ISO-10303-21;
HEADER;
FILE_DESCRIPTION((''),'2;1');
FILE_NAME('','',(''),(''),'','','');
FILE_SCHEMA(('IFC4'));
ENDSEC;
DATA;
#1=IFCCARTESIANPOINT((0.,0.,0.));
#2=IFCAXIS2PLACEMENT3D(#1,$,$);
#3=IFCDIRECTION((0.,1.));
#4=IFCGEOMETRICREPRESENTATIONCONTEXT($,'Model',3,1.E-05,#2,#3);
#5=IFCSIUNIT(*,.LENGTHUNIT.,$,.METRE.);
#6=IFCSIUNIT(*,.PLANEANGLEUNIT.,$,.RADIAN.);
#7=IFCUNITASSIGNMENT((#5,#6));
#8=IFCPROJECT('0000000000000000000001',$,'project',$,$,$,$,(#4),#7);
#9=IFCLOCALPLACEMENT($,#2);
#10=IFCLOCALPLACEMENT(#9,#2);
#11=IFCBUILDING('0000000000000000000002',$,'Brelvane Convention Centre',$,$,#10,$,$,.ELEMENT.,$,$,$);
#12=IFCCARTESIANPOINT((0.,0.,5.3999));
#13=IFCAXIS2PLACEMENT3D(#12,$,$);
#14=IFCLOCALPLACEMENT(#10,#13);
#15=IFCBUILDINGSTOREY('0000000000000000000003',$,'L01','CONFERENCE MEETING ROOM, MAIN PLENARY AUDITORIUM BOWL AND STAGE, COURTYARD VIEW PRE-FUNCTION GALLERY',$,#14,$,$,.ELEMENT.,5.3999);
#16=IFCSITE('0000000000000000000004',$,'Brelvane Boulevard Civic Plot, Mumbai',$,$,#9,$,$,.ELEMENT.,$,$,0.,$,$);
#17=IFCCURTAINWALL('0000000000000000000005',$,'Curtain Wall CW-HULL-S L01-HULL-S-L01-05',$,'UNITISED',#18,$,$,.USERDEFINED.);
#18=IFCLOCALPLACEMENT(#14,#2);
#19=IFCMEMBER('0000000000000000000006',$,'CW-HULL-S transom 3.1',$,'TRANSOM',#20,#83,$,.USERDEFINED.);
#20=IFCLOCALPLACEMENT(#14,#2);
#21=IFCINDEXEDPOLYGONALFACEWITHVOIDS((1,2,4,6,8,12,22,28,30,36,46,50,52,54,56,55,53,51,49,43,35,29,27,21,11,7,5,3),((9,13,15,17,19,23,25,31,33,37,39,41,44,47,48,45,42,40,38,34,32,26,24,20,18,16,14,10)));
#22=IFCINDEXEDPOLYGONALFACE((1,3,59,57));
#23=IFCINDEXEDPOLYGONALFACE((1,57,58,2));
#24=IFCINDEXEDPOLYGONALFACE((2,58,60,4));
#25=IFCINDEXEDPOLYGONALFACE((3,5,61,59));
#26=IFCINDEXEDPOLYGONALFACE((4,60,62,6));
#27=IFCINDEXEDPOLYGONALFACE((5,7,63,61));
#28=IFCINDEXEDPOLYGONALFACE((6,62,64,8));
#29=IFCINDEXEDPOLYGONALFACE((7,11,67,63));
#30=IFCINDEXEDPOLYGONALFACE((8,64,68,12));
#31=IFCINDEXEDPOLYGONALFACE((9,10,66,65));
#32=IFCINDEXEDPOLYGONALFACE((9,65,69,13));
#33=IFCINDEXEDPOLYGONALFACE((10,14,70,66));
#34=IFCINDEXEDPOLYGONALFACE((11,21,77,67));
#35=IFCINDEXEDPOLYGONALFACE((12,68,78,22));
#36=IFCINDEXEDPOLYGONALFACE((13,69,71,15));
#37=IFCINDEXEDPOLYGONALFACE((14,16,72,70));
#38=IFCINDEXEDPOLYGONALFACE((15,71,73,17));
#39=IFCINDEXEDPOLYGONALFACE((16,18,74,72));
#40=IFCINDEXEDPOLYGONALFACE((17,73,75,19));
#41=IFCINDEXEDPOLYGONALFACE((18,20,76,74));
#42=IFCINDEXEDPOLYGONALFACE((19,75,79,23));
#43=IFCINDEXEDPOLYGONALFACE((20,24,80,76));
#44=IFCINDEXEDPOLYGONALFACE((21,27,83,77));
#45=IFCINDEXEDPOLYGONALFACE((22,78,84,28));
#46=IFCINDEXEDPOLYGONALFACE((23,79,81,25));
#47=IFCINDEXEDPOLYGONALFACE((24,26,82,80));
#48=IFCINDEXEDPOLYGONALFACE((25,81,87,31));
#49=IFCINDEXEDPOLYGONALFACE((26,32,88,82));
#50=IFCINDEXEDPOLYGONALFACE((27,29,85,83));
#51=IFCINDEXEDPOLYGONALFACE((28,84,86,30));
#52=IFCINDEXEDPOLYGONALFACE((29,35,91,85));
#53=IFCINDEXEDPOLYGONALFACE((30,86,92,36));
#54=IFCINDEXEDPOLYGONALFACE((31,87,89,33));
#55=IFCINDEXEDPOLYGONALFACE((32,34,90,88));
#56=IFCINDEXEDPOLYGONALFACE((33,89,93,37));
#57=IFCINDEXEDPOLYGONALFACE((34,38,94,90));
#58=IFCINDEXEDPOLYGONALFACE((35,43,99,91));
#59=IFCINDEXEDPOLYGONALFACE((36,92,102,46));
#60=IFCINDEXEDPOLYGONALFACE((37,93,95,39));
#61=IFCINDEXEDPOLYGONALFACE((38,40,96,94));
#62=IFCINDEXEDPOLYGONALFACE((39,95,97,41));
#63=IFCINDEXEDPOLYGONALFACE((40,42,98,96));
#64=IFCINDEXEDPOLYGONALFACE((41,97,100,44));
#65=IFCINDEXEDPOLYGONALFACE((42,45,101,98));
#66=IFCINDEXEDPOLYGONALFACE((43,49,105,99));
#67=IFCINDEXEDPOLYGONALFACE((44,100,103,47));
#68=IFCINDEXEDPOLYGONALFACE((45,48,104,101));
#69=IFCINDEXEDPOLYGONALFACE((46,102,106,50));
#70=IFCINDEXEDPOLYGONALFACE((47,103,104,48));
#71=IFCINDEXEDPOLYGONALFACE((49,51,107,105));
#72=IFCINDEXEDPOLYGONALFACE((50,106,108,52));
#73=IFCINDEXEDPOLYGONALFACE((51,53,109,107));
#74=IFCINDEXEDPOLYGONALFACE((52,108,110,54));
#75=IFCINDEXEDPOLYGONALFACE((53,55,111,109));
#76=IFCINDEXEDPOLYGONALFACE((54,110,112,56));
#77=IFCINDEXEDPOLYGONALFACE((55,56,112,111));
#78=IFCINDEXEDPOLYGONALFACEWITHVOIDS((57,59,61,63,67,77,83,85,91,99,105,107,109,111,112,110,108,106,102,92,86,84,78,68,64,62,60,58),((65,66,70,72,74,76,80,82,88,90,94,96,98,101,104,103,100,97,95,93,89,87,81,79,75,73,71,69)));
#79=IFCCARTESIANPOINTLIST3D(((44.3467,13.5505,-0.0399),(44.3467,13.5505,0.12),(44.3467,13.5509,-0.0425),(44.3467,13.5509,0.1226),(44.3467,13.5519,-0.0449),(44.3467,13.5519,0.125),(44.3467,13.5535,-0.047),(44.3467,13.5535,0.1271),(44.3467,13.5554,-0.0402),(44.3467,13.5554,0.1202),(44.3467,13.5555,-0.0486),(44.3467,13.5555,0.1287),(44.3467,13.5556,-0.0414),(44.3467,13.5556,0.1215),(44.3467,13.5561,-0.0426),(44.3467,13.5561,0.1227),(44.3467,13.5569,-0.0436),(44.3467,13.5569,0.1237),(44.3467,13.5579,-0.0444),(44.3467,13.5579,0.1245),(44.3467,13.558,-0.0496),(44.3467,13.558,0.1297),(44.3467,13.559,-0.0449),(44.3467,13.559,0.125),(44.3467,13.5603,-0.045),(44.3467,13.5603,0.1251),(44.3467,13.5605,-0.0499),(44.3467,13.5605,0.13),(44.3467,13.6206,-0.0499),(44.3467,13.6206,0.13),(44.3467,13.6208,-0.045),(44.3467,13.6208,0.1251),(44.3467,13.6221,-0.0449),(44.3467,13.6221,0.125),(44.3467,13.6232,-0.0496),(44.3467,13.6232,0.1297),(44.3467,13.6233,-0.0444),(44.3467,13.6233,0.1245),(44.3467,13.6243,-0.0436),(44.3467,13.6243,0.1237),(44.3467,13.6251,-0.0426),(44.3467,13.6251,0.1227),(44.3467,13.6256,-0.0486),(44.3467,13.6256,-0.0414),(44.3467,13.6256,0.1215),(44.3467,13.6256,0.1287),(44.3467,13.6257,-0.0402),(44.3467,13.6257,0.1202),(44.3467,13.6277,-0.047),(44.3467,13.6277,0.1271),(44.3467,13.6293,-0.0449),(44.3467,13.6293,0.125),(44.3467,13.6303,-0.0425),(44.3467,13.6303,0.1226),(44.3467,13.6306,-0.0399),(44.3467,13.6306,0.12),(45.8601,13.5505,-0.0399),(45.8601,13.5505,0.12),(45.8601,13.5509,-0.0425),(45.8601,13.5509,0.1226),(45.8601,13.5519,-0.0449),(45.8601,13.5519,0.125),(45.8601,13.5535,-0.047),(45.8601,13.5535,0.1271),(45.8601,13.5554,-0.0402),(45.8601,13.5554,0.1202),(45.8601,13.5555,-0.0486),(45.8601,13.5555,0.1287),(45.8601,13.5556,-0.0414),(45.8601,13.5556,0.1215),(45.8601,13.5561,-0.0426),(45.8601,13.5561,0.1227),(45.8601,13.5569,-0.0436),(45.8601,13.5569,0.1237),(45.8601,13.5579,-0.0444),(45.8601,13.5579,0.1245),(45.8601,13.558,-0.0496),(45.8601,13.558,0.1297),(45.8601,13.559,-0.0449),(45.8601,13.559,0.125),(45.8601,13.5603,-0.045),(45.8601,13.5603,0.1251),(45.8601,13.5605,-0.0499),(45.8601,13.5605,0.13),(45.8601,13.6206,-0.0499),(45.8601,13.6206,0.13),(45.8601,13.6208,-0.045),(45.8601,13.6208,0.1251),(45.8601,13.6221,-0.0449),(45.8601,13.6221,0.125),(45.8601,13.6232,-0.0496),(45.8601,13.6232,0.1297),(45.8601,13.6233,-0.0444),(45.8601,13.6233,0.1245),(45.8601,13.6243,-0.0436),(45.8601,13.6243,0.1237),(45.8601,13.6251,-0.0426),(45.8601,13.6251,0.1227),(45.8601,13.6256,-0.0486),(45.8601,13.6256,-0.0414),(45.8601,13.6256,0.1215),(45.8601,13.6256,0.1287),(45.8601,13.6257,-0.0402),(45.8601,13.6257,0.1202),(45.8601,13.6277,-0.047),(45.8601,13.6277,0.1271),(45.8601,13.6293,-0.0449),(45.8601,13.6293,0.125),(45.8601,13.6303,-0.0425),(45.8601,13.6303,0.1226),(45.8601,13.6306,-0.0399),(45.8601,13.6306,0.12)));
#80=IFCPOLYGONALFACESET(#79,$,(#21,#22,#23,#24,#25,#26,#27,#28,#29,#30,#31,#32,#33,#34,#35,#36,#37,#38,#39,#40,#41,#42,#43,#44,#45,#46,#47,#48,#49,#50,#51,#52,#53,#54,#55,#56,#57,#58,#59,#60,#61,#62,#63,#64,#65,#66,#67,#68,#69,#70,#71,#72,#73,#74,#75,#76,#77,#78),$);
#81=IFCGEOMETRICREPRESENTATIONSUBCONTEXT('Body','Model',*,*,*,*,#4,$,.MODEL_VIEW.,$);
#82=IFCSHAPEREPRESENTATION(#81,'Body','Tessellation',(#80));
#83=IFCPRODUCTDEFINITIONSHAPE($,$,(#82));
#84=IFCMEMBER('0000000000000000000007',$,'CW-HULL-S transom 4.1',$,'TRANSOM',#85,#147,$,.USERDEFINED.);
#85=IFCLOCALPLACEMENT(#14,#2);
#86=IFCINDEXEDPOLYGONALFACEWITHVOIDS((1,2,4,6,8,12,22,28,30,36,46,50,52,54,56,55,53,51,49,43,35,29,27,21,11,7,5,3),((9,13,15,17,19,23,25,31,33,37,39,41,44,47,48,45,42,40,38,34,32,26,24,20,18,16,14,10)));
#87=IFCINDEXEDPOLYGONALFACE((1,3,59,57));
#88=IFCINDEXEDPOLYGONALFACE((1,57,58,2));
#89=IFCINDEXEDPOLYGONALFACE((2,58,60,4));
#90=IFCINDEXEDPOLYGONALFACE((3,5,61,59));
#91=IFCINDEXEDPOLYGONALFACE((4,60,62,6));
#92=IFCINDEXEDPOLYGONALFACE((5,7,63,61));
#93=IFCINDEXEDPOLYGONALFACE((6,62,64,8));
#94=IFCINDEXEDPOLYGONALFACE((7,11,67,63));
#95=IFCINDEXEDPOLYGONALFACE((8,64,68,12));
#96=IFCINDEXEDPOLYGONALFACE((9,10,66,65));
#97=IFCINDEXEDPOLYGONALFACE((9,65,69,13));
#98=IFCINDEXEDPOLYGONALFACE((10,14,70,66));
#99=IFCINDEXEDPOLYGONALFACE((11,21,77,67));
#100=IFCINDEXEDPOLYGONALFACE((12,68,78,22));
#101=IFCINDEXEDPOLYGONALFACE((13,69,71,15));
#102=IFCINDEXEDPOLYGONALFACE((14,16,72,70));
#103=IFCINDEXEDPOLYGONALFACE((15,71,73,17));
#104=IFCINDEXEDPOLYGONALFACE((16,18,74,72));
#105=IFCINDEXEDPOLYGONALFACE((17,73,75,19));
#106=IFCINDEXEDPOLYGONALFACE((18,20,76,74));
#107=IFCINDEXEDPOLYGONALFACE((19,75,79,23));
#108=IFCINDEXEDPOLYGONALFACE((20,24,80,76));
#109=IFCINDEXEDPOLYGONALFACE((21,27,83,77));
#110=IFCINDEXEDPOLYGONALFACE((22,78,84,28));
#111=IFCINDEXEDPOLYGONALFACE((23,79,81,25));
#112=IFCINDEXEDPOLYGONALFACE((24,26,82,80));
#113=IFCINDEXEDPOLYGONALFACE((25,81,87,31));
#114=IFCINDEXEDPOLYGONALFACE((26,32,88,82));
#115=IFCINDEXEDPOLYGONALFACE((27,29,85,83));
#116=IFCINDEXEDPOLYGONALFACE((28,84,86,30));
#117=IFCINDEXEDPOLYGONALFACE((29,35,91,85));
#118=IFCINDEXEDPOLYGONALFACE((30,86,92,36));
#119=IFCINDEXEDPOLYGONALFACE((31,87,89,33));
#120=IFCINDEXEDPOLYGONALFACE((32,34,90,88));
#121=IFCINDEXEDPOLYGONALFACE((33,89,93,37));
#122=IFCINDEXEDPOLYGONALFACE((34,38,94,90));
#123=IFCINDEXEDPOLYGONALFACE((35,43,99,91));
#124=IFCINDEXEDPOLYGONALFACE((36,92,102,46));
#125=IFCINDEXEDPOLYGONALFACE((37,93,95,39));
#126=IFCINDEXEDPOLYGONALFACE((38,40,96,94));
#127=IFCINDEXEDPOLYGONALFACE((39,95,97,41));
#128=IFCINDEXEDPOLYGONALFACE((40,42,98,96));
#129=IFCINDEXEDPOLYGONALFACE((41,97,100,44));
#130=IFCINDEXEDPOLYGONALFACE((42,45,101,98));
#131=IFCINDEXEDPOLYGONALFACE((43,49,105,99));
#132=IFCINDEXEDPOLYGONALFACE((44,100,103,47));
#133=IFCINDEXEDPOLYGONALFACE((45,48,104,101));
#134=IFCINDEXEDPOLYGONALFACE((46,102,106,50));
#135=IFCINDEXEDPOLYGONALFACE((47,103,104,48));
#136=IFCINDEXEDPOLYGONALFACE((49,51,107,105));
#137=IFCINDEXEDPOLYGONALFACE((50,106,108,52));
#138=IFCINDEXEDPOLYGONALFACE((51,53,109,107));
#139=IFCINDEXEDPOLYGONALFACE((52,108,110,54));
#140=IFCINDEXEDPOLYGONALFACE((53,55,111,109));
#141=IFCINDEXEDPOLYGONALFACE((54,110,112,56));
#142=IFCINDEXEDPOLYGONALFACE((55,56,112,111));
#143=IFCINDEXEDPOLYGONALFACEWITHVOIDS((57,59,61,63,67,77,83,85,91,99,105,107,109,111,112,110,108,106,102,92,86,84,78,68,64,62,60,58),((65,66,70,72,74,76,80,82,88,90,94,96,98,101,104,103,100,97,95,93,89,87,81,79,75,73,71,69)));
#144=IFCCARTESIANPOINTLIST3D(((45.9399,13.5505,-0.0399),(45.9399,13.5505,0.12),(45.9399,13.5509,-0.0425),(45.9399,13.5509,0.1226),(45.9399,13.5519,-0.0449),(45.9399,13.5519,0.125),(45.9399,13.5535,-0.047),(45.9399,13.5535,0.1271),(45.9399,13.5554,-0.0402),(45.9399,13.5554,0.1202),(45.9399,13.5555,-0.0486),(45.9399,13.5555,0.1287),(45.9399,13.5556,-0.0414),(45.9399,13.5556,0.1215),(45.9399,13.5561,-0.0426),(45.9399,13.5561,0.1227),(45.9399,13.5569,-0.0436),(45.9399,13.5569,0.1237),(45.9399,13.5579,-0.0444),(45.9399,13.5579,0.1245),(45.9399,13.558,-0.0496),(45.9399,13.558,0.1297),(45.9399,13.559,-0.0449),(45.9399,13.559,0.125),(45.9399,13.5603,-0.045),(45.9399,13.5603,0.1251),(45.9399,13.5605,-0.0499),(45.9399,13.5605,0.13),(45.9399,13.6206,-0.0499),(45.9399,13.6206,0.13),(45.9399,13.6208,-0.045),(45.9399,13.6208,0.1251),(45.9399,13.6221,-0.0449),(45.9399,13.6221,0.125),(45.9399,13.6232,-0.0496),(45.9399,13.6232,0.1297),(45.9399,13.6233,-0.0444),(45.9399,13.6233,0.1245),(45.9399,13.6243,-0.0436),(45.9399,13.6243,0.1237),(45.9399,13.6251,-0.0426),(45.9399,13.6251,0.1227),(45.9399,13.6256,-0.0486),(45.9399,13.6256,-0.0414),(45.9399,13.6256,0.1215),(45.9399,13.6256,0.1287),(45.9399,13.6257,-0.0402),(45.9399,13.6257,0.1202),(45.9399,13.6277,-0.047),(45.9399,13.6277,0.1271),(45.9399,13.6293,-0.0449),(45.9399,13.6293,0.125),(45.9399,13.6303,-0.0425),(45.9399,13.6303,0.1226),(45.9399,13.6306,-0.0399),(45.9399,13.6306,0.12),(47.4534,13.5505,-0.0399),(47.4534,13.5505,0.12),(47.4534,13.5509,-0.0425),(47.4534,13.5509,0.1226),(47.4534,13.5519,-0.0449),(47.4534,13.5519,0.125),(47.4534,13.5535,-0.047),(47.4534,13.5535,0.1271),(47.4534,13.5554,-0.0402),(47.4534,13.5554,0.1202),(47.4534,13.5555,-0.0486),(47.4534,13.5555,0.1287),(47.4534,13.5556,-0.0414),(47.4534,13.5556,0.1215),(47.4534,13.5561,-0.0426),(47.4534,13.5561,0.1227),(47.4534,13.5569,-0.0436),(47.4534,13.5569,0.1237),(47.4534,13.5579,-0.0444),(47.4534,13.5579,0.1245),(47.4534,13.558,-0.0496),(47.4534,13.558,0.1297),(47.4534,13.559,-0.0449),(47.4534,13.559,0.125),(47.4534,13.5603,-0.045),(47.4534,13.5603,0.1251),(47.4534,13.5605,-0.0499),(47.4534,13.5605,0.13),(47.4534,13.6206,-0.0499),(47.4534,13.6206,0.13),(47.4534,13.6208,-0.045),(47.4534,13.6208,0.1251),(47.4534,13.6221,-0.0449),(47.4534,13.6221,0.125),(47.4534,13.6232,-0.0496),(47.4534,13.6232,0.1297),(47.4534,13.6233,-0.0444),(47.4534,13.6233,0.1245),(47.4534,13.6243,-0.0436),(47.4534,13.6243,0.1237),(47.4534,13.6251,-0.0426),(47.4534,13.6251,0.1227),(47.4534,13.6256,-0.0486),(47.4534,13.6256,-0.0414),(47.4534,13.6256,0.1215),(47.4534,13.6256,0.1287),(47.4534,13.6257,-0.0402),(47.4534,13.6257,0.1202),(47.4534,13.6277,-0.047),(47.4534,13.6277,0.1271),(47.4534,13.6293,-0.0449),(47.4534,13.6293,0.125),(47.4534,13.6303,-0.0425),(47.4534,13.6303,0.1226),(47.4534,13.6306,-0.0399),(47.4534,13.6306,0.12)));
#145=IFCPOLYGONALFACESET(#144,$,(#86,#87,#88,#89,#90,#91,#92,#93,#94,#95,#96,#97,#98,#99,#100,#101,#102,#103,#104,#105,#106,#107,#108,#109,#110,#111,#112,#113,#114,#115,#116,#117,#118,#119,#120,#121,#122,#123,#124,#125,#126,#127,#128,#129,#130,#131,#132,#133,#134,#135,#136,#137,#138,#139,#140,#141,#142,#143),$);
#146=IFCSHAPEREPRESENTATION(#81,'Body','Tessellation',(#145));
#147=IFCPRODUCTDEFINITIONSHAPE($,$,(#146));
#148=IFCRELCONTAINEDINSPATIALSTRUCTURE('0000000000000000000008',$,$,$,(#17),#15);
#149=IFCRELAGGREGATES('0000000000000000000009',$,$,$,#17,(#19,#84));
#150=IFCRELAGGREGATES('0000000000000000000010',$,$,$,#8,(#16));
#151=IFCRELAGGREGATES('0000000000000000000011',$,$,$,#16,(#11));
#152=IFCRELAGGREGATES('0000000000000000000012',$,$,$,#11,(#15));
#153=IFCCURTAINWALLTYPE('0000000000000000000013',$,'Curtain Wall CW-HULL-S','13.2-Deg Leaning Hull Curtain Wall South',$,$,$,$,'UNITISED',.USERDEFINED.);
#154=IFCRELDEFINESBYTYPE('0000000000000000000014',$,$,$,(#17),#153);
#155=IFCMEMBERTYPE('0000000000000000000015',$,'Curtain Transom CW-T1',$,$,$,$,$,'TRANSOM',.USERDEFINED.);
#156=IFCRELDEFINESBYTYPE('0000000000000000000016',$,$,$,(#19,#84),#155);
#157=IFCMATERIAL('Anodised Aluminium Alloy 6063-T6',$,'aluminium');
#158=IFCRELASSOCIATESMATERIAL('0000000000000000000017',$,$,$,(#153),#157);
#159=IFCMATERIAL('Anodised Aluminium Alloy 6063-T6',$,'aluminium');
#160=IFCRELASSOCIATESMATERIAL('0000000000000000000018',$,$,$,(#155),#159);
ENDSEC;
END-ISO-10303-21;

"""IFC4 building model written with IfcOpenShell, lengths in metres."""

from ifc_helpers import new_model, si_unit, direction, frame, origin, origin_2d, place, context, subcontext, project, spatial, hollow_rectangle, extrude, material, material_profile, profile_set, type_object, element, aggregate, save


model = new_model("IFC4")

# Units and contexts
model_context = context("Model", 3, precision=1e-05, world=origin(), true_north=direction((0.0, 1.0)))
body_context = subcontext(model_context, "Body", "Model", "MODEL_VIEW")
ifc_project = project(units=[si_unit("LENGTHUNIT", "METRE"), si_unit("PLANEANGLEUNIT", "RADIAN")], contexts=[model_context])

# Site, building, storey
site_placement = place(None, origin())
site = spatial("IfcSite", under=ifc_project, at=site_placement, Name="Brelvane Boulevard Civic Plot, Mumbai", CompositionType="ELEMENT", RefElevation=0.0)
building_placement = place(site_placement, origin())
building = spatial("IfcBuilding", under=site, at=building_placement, Name="Brelvane Convention Centre", CompositionType="ELEMENT")
storey_placement = place(building_placement, frame((0.0, 0.0, 5.3999)))
storey = spatial("IfcBuildingStorey", under=building, at=storey_placement, Name="L01", Description="CONFERENCE MEETING ROOM, MAIN PLENARY AUDITORIUM BOWL AND STAGE, COURTYARD VIEW PRE-FUNCTION GALLERY", CompositionType="ELEMENT", Elevation=5.3999)

# Curtain wall
ifc_material_1 = material(Name="Anodised Aluminium Alloy 6063-T6", Category="aluminium")
curtain_wall_type = type_object("IfcCurtainWallType", Name="Curtain Wall CW-HULL-S", Description="13.2-Deg Leaning Hull Curtain Wall South", ElementType="UNITISED", PredefinedType="USERDEFINED", material=ifc_material_1)
curtain_wall_1_placement = place(storey_placement, origin())
curtain_wall_1 = element("IfcCurtainWall", 1, at=curtain_wall_1_placement, inside=storey, type_object=curtain_wall_type, Name="Curtain Wall CW-HULL-S L01-HULL-S-L01-05", ObjectType="UNITISED", PredefinedType="USERDEFINED")

# Members
ifc_material_2 = material(Name="Anodised Aluminium Alloy 6063-T6", Category="aluminium")
ifc_material_profile_1 = material_profile(ifc_material_2, hollow_rectangle(XDim=0.0801, YDim=0.1799, WallThickness=0.0049, InnerFilletRadius=0.0049, OuterFilletRadius=0.01, at=origin_2d()), Name="ALU-T 180x80x5.0")
ifc_profile_set_1 = profile_set([ifc_material_profile_1], Name="Anodised Aluminium Alloy 6063-T6")
member_type_1 = type_object("IfcMemberType", Name="Curtain Transom CW-T1", ElementType="TRANSOM", PredefinedType="USERDEFINED", material=ifc_profile_set_1)
member_1_placement = place(storey_placement, frame((44.3467, 13.5906, 0.04), z_axis=(1.0, 0.0, 0.0), x_axis=(0.0, 1.0, 0.0)))
member_1 = element("IfcMember", 2, at=member_1_placement, type_object=member_type_1, Name="CW-HULL-S transom 3.1", ObjectType="TRANSOM", PredefinedType="USERDEFINED", context=body_context, shape_type="SweptSolid", body=[
    extrude(hollow_rectangle(XDim=0.0801, YDim=0.1799, WallThickness=0.0049, InnerFilletRadius=0.0049, OuterFilletRadius=0.01, at=origin_2d()), origin(), (0.0, 0.0, 1.0), 1.5134),
])
member_2_placement = place(storey_placement, frame((45.9399, 13.5906, 0.04), z_axis=(1.0, 0.0, 0.0), x_axis=(0.0, 1.0, 0.0)))
member_2 = element("IfcMember", 3, at=member_2_placement, type_object=member_type_1, Name="CW-HULL-S transom 4.1", ObjectType="TRANSOM", PredefinedType="USERDEFINED", context=body_context, shape_type="SweptSolid", body=[
    extrude(hollow_rectangle(XDim=0.0801, YDim=0.1799, WallThickness=0.0049, InnerFilletRadius=0.0049, OuterFilletRadius=0.01, at=origin_2d()), origin(), (0.0, 0.0, 1.0), 1.5134),
])
aggregate(curtain_wall_1, [member_1, member_2])

save(model, "model.ifc")
